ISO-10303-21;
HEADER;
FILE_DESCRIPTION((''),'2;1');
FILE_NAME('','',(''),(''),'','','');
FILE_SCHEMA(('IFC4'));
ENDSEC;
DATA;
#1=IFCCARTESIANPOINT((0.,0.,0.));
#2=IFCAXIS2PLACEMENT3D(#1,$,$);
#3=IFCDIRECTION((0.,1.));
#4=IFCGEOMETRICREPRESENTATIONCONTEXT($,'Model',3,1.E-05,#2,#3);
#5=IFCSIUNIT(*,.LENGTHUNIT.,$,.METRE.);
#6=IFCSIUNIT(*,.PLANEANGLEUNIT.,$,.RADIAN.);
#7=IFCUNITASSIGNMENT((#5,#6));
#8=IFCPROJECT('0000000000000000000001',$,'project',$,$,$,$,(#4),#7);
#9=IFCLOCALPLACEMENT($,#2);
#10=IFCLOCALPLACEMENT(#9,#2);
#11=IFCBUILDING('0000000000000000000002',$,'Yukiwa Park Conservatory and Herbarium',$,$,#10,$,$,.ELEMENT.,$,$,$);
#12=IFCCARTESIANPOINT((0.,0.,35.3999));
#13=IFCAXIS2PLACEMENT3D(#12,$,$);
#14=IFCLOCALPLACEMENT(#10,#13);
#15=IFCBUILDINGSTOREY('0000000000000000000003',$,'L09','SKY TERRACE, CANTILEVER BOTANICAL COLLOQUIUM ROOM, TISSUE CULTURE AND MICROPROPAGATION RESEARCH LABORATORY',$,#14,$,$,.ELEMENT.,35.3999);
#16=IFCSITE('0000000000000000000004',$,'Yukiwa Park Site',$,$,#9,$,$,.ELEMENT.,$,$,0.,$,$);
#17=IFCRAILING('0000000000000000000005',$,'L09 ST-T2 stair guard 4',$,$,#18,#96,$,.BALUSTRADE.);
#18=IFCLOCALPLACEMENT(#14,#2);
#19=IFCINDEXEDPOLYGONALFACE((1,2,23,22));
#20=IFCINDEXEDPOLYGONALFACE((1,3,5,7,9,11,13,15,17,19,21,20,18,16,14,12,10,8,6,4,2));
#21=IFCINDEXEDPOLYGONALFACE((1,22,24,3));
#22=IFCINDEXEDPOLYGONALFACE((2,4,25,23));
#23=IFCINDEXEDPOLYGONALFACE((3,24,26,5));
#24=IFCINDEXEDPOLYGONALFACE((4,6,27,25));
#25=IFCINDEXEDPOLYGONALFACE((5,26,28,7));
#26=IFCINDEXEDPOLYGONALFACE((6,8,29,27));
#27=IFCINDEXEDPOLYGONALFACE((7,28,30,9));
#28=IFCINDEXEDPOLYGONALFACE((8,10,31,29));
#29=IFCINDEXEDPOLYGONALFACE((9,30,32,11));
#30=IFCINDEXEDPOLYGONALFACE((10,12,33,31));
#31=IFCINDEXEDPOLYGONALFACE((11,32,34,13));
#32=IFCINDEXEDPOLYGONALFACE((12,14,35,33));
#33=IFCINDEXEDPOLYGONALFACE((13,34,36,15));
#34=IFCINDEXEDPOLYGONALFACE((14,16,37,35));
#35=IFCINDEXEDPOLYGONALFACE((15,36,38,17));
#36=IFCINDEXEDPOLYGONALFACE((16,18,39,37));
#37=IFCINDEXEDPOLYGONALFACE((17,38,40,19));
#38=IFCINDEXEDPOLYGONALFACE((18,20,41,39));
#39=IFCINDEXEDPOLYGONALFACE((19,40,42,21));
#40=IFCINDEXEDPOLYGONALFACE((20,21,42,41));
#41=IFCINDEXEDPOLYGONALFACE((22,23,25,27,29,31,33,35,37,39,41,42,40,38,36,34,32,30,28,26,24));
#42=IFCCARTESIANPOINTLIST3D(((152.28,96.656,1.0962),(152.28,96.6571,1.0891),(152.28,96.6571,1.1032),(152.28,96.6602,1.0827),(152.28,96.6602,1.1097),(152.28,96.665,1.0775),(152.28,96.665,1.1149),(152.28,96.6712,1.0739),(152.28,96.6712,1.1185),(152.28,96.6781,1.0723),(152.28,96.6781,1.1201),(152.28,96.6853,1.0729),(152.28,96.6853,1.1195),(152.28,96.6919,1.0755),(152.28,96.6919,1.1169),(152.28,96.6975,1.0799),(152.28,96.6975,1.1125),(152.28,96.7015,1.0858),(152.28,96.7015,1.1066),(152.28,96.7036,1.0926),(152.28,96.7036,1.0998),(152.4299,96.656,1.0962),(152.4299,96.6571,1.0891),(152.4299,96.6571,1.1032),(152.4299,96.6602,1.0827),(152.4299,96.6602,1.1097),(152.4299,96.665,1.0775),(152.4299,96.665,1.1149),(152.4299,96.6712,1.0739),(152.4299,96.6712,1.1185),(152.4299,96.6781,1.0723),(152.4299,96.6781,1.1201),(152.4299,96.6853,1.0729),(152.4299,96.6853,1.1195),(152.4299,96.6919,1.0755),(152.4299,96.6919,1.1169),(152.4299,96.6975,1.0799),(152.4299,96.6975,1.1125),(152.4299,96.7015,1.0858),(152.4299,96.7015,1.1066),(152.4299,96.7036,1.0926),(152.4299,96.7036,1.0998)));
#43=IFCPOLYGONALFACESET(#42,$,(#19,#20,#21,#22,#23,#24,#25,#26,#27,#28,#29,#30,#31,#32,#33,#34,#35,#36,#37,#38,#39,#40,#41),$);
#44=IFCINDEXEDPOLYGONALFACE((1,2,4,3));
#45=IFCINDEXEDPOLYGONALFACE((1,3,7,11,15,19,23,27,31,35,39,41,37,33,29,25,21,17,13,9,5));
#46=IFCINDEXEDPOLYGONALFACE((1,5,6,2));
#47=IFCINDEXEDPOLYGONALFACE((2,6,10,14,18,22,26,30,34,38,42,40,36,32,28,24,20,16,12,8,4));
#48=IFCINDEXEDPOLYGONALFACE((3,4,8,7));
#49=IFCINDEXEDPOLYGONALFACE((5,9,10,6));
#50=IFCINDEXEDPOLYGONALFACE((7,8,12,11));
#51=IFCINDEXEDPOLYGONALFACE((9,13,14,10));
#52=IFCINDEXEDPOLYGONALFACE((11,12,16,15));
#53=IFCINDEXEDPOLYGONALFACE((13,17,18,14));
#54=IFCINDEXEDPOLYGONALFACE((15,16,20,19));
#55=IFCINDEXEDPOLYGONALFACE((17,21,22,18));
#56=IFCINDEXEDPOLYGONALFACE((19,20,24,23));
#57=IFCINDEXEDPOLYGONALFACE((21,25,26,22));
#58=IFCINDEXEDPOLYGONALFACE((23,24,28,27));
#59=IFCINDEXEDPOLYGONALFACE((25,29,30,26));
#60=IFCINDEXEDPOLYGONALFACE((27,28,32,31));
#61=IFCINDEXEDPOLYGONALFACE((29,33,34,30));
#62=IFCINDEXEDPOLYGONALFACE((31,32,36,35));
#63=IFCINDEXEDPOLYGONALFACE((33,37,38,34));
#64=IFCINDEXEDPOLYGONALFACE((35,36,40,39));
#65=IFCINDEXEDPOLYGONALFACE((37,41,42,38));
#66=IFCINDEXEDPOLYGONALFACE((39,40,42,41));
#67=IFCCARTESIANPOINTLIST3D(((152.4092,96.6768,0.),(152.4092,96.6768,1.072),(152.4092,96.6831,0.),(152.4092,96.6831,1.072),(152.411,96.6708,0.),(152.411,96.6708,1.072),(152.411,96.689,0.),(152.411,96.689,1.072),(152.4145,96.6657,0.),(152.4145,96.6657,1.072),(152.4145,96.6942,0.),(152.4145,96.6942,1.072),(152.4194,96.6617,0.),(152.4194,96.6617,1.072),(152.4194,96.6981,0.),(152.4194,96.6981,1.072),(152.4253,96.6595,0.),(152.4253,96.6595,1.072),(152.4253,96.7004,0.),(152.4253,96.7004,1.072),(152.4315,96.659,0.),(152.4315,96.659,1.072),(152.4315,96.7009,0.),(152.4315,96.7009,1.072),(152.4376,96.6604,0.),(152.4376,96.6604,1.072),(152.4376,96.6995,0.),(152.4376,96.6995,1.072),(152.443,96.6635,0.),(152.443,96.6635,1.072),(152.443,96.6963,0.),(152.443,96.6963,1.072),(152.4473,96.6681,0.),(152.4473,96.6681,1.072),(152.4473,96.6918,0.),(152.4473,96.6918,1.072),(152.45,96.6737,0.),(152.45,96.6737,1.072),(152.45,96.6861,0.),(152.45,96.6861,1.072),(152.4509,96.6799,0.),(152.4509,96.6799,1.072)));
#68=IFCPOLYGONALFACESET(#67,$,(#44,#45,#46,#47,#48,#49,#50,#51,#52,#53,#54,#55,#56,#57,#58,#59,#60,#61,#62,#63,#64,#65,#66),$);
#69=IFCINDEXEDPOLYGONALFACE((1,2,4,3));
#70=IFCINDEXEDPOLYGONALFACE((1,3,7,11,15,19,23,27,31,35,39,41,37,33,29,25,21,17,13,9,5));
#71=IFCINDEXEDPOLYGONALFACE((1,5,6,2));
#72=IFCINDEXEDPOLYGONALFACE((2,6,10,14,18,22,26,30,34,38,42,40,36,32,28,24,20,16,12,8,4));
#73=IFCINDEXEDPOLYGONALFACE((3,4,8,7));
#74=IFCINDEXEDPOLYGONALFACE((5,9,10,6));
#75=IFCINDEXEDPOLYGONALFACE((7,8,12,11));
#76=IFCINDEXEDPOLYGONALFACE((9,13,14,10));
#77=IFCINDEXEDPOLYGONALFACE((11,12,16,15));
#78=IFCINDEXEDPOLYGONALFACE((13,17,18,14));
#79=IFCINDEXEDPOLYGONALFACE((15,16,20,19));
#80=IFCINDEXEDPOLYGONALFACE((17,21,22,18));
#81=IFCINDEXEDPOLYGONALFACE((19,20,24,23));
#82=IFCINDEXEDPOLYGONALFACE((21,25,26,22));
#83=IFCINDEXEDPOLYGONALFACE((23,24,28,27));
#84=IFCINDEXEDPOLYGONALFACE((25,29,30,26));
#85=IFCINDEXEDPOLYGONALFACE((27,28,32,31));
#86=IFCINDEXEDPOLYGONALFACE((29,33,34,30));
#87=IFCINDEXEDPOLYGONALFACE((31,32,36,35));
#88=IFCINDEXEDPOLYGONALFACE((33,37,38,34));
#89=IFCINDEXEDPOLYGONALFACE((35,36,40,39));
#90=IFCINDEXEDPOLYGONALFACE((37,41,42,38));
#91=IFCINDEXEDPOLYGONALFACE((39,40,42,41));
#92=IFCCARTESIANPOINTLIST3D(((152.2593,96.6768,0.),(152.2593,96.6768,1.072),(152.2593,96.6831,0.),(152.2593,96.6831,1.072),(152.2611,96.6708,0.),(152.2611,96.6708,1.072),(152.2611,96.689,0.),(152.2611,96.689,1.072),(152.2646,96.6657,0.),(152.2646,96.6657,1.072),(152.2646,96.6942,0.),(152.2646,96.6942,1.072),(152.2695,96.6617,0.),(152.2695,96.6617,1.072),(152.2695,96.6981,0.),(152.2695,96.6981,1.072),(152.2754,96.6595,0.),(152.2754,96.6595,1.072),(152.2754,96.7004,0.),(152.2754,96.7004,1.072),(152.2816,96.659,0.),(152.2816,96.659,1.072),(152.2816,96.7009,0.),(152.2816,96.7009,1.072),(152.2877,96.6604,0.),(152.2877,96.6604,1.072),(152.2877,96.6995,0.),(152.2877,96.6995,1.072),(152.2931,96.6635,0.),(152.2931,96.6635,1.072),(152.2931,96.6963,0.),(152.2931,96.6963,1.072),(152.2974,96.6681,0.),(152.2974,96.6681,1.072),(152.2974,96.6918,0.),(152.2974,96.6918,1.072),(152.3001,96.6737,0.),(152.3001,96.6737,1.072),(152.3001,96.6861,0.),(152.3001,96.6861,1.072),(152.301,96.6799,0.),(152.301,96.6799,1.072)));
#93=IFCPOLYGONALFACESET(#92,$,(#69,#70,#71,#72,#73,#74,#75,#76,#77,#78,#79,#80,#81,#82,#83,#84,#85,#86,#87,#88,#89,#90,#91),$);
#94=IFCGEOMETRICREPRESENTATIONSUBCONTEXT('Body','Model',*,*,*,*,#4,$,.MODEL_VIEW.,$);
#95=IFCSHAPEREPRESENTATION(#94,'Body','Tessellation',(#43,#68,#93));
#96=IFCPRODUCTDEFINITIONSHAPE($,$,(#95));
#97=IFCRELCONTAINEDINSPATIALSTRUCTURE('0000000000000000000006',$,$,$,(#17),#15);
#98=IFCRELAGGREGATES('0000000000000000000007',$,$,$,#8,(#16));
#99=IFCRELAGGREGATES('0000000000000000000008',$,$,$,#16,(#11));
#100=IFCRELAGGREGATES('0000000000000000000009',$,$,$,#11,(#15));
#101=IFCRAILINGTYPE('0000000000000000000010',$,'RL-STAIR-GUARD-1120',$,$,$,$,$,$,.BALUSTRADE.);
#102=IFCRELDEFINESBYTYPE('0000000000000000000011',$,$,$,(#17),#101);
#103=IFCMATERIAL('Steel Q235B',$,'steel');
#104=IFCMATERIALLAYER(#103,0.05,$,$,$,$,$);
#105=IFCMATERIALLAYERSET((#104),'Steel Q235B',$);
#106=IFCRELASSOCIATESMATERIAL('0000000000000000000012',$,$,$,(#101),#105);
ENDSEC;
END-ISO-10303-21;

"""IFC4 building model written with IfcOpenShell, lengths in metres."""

from ifc_helpers import new_model, si_unit, direction, frame, origin, origin_2d, place, context, subcontext, project, spatial, circle, extrude, material, layer, layer_set, type_object, element, save


model = new_model("IFC4")

# Units and contexts
model_context = context("Model", 3, precision=1e-05, world=origin(), true_north=direction((0.0, 1.0)))
body_context = subcontext(model_context, "Body", "Model", "MODEL_VIEW")
ifc_project = project(units=[si_unit("LENGTHUNIT", "METRE"), si_unit("PLANEANGLEUNIT", "RADIAN")], contexts=[model_context])

# Site, building, storey
site_placement = place(None, origin())
site = spatial("IfcSite", under=ifc_project, at=site_placement, Name="Yukiwa Park Site", CompositionType="ELEMENT", RefElevation=0.0)
building_placement = place(site_placement, origin())
building = spatial("IfcBuilding", under=site, at=building_placement, Name="Yukiwa Park Conservatory and Herbarium", CompositionType="ELEMENT")
storey_placement = place(building_placement, frame((0.0, 0.0, 35.3999)))
storey = spatial("IfcBuildingStorey", under=building, at=storey_placement, Name="L09", Description="SKY TERRACE, CANTILEVER BOTANICAL COLLOQUIUM ROOM, TISSUE CULTURE AND MICROPROPAGATION RESEARCH LABORATORY", CompositionType="ELEMENT", Elevation=35.3999)

# Railing
ifc_material_1 = material(Name="Steel Q235B", Category="steel")
ifc_layer_1 = layer(ifc_material_1, 0.05)
ifc_layer_set_1 = layer_set([ifc_layer_1], Name="Steel Q235B")
railing_type_1 = type_object("IfcRailingType", Name="RL-STAIR-GUARD-1120", PredefinedType="BALUSTRADE", material=ifc_layer_set_1)
railing_1_placement = place(storey_placement, frame((152.4299, 96.6799, 0.0)))
element("IfcRailing", 1, at=railing_1_placement, inside=storey, type_object=railing_type_1, Name="L09 ST-T2 stair guard 4", PredefinedType="BALUSTRADE", context=body_context, shape_type="SweptSolid", body=[
    extrude(circle(Radius=0.0239, at=origin_2d()), frame((0.0, 0.0, 1.0962), z_axis=(-1.0, 0.0, 0.0), x_axis=(0.0, -1.0, 0.0)), (0.0, 0.0, 1.0), 0.1499),
    extrude(circle(Radius=0.021, at=origin_2d()), origin(), (0.0, 0.0, 1.0), 1.072),
    extrude(circle(Radius=0.021, at=origin_2d()), frame((-0.1499, 0.0, 0.0)), (0.0, 0.0, 1.0), 1.072),
])

save(model, "model.ifc")
